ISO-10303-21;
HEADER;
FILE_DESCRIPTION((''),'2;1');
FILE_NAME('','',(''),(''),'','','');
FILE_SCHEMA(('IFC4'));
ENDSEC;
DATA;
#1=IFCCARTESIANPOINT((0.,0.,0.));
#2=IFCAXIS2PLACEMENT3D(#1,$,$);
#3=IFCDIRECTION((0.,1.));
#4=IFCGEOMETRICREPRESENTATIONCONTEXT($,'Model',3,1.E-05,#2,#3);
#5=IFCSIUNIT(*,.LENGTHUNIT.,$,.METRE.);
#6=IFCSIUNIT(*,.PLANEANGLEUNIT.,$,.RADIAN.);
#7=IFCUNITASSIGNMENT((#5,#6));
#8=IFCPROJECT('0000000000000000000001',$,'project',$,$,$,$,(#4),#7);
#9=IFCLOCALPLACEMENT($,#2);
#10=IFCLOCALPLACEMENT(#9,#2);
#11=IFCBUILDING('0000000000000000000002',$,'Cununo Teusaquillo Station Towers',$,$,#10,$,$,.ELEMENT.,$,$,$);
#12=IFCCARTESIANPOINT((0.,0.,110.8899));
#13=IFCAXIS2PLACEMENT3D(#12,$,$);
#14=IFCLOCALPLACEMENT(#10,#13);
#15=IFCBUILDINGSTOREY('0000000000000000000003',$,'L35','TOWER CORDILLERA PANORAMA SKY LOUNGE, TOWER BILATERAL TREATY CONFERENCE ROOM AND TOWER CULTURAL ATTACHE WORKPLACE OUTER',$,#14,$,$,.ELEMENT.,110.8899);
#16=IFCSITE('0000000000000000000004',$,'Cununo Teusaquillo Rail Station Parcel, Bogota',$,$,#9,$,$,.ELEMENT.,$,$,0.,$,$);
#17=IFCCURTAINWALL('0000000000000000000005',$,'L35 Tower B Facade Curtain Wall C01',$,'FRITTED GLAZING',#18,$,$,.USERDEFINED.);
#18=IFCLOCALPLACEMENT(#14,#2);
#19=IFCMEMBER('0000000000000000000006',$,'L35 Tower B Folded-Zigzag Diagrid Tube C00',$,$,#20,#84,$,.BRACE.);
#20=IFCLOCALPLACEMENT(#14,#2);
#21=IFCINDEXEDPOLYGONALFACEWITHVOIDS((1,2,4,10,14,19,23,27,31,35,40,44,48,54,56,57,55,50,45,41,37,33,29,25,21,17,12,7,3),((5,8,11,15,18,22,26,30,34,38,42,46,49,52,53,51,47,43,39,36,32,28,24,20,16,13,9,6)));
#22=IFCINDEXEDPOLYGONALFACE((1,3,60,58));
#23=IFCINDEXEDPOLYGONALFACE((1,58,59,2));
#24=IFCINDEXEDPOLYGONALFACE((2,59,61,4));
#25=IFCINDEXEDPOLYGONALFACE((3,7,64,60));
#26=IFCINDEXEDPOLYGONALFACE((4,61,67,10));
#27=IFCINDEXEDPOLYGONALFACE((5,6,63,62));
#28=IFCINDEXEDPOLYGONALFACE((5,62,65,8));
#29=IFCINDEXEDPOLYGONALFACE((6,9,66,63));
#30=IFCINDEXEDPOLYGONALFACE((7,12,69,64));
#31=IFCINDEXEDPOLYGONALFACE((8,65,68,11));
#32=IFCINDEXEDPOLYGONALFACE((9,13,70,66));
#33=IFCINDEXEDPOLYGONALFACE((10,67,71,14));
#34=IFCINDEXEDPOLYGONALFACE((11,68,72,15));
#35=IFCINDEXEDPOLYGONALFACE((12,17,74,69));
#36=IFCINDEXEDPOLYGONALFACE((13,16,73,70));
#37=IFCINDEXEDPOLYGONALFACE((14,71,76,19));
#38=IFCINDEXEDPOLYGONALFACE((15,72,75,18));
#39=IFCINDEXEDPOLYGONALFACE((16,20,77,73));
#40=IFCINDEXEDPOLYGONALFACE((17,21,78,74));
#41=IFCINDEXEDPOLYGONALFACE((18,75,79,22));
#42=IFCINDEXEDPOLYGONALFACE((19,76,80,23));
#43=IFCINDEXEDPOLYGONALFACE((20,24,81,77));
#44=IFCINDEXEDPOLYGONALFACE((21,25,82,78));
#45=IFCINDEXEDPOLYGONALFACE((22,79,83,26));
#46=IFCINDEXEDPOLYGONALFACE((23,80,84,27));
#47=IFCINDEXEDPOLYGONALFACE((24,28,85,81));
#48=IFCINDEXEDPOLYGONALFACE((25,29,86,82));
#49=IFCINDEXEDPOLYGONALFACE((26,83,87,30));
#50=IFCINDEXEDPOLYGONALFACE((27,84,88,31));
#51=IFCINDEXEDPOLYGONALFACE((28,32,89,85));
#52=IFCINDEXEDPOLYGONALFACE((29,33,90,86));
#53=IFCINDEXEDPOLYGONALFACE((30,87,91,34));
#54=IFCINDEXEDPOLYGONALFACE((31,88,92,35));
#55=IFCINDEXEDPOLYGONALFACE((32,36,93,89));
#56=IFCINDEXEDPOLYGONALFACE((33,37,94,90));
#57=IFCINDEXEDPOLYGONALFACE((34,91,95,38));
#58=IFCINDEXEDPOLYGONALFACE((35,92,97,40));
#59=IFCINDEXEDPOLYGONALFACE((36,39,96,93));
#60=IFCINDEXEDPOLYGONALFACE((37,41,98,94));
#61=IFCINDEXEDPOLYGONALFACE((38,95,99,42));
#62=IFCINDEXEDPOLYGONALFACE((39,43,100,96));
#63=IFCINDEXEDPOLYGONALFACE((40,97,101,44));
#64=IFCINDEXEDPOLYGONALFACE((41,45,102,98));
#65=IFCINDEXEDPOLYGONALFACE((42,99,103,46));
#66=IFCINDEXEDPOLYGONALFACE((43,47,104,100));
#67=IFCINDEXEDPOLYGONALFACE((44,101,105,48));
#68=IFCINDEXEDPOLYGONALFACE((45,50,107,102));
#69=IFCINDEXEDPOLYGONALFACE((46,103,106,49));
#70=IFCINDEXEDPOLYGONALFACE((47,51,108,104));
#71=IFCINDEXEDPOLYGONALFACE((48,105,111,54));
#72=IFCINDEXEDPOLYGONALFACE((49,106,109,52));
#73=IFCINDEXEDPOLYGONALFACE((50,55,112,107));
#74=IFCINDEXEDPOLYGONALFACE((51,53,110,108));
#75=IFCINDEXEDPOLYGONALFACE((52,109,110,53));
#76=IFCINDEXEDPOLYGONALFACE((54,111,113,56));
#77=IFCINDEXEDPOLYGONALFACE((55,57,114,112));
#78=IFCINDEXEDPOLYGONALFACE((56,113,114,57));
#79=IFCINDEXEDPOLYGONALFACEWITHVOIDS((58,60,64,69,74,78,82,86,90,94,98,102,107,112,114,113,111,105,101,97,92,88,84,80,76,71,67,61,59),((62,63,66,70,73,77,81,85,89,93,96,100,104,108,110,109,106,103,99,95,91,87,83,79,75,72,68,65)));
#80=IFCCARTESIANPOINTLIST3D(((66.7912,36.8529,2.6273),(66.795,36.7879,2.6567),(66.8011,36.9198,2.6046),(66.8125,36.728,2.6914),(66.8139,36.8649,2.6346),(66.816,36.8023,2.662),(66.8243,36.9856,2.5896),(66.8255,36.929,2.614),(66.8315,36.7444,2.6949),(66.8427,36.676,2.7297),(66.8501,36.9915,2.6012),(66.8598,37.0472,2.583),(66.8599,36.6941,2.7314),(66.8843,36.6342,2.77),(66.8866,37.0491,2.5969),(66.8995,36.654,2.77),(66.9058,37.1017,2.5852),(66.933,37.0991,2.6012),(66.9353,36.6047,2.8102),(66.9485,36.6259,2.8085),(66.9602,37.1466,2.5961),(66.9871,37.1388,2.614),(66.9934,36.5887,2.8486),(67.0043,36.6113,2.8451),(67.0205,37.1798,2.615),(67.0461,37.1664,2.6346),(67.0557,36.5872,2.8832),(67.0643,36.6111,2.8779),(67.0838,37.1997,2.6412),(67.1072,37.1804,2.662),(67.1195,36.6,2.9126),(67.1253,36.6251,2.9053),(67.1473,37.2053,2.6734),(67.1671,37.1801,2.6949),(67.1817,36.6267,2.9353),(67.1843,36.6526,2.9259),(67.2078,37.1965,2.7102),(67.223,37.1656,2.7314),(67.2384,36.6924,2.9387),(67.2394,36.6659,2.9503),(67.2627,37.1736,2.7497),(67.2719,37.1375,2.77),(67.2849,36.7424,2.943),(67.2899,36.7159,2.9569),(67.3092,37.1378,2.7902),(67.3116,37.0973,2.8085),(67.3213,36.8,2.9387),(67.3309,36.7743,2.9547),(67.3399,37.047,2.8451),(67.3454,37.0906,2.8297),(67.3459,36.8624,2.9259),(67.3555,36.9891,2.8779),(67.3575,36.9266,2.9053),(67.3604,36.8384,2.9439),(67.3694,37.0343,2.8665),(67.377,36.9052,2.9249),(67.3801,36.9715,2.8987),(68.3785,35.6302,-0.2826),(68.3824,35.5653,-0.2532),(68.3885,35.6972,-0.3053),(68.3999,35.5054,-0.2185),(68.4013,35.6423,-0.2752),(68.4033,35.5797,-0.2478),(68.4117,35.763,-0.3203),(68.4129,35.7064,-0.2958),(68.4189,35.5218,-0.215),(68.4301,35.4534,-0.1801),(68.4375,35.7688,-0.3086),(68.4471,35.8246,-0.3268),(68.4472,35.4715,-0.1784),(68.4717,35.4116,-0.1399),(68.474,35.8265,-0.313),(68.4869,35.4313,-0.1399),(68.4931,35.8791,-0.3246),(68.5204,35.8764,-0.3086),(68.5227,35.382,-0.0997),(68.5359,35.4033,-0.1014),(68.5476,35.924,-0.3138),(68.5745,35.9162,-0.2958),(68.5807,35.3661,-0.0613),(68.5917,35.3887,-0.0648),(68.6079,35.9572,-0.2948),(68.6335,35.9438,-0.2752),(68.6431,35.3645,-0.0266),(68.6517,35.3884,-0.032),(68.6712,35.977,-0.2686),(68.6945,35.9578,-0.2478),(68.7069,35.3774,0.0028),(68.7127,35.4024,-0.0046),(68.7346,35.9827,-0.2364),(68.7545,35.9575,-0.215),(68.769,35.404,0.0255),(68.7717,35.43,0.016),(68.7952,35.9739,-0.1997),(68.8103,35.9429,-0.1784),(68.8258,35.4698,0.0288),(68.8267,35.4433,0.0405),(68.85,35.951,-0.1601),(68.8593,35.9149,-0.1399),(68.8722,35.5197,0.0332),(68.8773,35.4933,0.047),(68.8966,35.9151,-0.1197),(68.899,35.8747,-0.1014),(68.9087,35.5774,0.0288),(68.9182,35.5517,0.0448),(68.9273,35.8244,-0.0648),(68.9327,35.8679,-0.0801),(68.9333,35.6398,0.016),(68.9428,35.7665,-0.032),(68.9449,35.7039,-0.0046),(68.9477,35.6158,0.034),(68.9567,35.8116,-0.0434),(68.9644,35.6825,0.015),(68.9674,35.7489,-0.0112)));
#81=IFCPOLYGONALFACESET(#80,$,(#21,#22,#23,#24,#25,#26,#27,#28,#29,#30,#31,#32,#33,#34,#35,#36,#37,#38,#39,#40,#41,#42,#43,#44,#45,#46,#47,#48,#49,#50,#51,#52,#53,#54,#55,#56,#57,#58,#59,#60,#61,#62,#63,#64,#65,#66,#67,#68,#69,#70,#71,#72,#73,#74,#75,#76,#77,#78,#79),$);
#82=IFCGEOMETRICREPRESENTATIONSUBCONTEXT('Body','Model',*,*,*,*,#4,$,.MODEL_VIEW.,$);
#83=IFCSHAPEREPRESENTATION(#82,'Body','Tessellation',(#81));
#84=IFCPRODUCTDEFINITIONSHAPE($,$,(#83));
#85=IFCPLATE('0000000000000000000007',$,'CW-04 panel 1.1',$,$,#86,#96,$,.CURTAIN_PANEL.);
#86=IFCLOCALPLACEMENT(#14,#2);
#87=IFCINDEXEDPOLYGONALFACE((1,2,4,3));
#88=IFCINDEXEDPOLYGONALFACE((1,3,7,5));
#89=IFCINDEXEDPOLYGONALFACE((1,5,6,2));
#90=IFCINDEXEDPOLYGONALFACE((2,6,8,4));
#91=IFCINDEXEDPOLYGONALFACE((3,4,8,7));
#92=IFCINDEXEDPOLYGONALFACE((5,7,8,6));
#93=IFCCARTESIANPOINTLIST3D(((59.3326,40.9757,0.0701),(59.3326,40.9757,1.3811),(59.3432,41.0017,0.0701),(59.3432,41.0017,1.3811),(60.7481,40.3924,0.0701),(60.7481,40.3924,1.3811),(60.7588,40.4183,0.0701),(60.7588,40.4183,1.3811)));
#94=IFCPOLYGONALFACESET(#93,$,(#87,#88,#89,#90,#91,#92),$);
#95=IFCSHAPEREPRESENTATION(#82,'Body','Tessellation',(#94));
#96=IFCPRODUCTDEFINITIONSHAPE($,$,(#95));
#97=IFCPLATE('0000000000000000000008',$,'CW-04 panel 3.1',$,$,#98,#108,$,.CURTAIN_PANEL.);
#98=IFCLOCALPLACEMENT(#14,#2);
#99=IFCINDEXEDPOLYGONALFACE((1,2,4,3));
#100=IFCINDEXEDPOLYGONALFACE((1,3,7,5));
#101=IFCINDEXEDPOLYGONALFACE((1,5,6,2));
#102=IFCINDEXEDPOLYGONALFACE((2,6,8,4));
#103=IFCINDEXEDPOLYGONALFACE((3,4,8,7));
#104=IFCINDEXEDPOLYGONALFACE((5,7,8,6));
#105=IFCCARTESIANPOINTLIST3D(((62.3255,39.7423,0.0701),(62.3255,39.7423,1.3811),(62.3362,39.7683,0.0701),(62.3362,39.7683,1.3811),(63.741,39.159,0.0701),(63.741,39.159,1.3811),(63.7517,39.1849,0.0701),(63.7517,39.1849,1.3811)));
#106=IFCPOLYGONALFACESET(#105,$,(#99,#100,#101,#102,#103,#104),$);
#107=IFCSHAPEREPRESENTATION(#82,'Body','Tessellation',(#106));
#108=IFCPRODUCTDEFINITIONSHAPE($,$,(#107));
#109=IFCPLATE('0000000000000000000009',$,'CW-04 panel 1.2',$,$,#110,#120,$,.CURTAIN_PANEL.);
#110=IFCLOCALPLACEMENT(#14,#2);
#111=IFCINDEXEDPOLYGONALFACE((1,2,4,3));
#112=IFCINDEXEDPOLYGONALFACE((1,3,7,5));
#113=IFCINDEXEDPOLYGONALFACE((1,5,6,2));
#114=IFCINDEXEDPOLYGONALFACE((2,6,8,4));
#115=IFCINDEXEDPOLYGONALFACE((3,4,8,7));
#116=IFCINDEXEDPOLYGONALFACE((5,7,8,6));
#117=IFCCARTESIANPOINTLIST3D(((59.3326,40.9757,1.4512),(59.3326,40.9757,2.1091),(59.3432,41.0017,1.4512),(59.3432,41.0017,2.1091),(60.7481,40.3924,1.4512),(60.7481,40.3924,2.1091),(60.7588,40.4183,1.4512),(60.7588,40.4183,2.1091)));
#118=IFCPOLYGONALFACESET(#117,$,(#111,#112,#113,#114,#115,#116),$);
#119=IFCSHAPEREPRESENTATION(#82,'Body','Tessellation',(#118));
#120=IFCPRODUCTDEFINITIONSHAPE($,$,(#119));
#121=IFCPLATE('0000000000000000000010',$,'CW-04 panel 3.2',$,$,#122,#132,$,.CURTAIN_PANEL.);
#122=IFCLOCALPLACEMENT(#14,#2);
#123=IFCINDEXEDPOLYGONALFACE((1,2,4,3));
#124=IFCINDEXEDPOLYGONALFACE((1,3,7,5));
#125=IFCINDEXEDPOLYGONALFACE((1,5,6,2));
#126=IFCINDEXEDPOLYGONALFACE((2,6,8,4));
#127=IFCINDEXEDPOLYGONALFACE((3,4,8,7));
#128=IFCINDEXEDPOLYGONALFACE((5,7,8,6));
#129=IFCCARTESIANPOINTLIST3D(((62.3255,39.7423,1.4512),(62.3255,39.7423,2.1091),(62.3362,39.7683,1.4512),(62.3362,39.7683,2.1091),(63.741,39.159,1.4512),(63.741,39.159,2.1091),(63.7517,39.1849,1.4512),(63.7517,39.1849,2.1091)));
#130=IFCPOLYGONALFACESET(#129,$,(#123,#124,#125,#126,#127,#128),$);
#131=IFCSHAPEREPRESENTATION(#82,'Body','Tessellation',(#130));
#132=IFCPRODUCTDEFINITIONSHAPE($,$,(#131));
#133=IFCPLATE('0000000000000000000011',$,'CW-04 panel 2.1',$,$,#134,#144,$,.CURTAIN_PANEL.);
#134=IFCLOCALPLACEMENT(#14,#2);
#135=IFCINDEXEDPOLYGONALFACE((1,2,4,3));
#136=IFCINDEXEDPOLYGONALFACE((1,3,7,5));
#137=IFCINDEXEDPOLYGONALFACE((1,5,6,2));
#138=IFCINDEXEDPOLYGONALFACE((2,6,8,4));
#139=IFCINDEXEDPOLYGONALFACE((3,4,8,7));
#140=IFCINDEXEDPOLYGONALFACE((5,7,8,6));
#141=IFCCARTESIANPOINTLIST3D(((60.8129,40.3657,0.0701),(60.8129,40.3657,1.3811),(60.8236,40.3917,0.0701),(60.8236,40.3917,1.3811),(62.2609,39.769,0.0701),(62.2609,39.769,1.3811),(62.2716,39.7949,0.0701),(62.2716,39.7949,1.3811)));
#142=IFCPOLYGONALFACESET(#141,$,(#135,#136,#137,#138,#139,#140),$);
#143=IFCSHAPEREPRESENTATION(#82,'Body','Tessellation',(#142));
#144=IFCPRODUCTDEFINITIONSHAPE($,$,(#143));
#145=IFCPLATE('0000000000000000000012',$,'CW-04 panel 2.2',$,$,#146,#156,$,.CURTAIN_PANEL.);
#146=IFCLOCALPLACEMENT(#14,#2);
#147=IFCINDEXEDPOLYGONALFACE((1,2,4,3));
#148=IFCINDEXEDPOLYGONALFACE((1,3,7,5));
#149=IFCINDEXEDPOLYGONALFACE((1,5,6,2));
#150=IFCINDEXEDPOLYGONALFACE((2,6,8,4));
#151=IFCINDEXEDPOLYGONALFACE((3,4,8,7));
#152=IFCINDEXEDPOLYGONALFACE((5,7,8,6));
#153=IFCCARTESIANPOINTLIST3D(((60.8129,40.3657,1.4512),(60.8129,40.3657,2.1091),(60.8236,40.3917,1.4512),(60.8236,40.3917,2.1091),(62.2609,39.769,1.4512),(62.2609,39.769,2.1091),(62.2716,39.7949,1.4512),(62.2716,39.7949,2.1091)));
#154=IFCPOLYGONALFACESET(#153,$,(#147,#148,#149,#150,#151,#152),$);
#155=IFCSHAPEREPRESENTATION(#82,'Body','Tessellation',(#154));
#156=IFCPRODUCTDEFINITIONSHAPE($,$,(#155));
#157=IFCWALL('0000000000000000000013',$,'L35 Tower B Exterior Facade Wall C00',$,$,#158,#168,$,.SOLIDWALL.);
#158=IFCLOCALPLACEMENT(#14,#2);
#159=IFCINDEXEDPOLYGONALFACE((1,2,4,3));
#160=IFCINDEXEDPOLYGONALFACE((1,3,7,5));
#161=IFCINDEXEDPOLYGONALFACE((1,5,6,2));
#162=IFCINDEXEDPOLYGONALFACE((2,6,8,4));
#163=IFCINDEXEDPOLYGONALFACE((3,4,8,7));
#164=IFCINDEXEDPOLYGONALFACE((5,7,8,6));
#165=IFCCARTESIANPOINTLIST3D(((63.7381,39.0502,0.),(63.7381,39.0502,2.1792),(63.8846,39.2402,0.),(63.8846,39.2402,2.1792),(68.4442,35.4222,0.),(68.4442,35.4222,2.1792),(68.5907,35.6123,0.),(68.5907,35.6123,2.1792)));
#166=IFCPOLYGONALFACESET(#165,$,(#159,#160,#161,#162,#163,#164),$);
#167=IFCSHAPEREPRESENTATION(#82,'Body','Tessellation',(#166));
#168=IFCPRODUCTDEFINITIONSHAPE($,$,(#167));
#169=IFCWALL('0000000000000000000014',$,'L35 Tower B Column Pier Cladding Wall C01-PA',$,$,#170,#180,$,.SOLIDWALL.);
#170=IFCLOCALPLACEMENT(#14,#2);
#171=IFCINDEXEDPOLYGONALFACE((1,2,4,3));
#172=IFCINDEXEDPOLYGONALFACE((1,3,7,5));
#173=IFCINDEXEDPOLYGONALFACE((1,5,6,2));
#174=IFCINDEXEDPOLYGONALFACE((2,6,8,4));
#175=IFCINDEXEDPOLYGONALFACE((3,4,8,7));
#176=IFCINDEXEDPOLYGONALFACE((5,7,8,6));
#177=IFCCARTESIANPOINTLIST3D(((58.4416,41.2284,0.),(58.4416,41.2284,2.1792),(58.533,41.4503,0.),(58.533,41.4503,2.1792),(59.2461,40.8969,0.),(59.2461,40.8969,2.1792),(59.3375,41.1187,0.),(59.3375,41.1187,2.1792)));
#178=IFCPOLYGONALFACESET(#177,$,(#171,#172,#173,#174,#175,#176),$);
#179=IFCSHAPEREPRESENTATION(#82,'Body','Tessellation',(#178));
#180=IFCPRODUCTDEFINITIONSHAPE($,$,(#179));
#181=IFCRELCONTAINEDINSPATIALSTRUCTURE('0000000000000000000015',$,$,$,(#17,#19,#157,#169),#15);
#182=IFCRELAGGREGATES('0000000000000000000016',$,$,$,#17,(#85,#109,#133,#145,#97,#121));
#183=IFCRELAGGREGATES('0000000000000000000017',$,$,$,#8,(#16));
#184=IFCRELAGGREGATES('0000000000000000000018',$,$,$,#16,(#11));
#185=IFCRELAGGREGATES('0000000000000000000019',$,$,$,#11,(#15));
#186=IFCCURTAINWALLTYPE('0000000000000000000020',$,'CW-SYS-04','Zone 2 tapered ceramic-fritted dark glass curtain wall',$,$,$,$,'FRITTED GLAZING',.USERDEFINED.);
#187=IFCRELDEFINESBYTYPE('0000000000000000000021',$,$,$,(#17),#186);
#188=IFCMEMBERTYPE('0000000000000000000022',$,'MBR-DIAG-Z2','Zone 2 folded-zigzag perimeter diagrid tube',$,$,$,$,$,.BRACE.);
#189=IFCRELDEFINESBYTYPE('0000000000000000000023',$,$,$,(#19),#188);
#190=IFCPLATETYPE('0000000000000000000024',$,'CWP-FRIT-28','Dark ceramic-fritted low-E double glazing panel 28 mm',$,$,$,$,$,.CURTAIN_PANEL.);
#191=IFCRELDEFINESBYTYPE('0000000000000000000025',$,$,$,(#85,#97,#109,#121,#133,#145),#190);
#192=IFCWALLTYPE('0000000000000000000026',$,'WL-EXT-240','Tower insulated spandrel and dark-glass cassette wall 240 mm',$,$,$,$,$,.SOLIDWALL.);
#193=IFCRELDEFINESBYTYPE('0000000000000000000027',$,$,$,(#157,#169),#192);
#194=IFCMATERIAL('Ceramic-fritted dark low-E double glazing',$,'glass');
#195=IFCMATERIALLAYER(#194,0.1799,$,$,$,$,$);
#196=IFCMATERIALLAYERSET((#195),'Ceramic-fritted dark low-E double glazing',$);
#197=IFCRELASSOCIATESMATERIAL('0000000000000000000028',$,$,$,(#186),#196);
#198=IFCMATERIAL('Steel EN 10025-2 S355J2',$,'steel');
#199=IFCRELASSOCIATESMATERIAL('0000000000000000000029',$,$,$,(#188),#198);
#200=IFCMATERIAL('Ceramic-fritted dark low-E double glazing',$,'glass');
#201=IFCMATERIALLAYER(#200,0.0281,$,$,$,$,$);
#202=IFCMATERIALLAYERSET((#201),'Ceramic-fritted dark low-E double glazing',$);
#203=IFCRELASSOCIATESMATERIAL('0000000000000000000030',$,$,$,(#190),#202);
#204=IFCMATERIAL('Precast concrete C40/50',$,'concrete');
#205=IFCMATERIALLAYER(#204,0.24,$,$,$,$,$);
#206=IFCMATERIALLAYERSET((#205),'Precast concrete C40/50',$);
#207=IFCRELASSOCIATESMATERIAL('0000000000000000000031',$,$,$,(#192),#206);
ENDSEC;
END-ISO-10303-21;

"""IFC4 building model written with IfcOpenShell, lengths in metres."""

from ifc_helpers import new_model, si_unit, direction, frame, frame_2d, origin, origin_2d, place, context, subcontext, project, spatial, rectangle, hollow_circle, extrude, source, transform, mapped, material, layer, layer_set, material_profile, profile_set, type_object, element, aggregate, save


model = new_model("IFC4")

# Units and contexts
model_context = context("Model", 3, precision=1e-05, world=origin(), true_north=direction((0.0, 1.0)))
body_context = subcontext(model_context, "Body", "Model", "MODEL_VIEW")
ifc_project = project(units=[si_unit("LENGTHUNIT", "METRE"), si_unit("PLANEANGLEUNIT", "RADIAN")], contexts=[model_context])

# Site, building, storey
site_placement = place(None, origin())
site = spatial("IfcSite", under=ifc_project, at=site_placement, Name="Cununo Teusaquillo Rail Station Parcel, Bogota", CompositionType="ELEMENT", RefElevation=0.0)
building_placement = place(site_placement, origin())
building = spatial("IfcBuilding", under=site, at=building_placement, Name="Cununo Teusaquillo Station Towers", CompositionType="ELEMENT")
storey_placement = place(building_placement, frame((0.0, 0.0, 110.8899)))
storey = spatial("IfcBuildingStorey", under=building, at=storey_placement, Name="L35", Description="TOWER CORDILLERA PANORAMA SKY LOUNGE, TOWER BILATERAL TREATY CONFERENCE ROOM AND TOWER CULTURAL ATTACHE WORKPLACE OUTER", CompositionType="ELEMENT", Elevation=110.8899)

# Curtain wall
ifc_material_1 = material(Name="Ceramic-fritted dark low-E double glazing", Category="glass")
ifc_layer_1 = layer(ifc_material_1, 0.1799)
ifc_layer_set_1 = layer_set([ifc_layer_1], Name="Ceramic-fritted dark low-E double glazing")
curtain_wall_type = type_object("IfcCurtainWallType", Name="CW-SYS-04", Description="Zone 2 tapered ceramic-fritted dark glass curtain wall", ElementType="FRITTED GLAZING", PredefinedType="USERDEFINED", material=ifc_layer_set_1)
curtain_wall_placement = place(storey_placement, origin())
curtain_wall = element("IfcCurtainWall", 1, at=curtain_wall_placement, inside=storey, type_object=curtain_wall_type, Name="L35 Tower B Facade Curtain Wall C01", ObjectType="FRITTED GLAZING", PredefinedType="USERDEFINED")

# Member
ifc_material_2 = material(Name="Steel EN 10025-2 S355J2", Category="steel")
ifc_material_profile_1 = material_profile(ifc_material_2, hollow_circle(Radius=0.3301, WallThickness=0.0249, at=origin_2d()), Name="CHS 660x25")
ifc_profile_set_1 = profile_set([ifc_material_profile_1], Name="Steel EN 10025-2 S355J2")
member_type_1 = type_object("IfcMemberType", Name="MBR-DIAG-Z2", Description="Zone 2 folded-zigzag perimeter diagrid tube", PredefinedType="BRACE", material=ifc_profile_set_1)
member_1_placement = place(storey_placement, frame((68.6731, 35.6731, -0.1399), z_axis=(-0.449303, 0.346064, 0.82363), x_axis=(-0.610205, -0.792243, 0.0)))
element("IfcMember", 2, at=member_1_placement, inside=storey, type_object=member_type_1, Name="L35 Tower B Folded-Zigzag Diagrid Tube C00", PredefinedType="BRACE", context=body_context, shape_type="SweptSolid", body=[
    extrude(hollow_circle(Radius=0.3301, WallThickness=0.0249, at=origin_2d()), origin(), (0.0, 0.0, 1.0), 3.533),
])

# Plates
ifc_material_3 = material(Name="Ceramic-fritted dark low-E double glazing", Category="glass")
ifc_layer_2 = layer(ifc_material_3, 0.0281)
ifc_layer_set_2 = layer_set([ifc_layer_2], Name="Ceramic-fritted dark low-E double glazing")
plate_type = type_object("IfcPlateType", Name="CWP-FRIT-28", Description="Dark ceramic-fritted low-E double glazing panel 28 mm", PredefinedType="CURTAIN_PANEL", material=ifc_layer_set_2)
shared_shape_1 = source(origin(), body_context, "Body", "SweptSolid", [
    extrude(rectangle(XDim=1.531, YDim=0.0281, at=origin_2d()), origin(), (0.0, 0.0, 1.0), 1.311),
])
plate_1_placement = place(storey_placement, frame((60.0457, 40.697, 0.0701), z_axis=(0.0, 0.0, 1.0), x_axis=(0.924562, -0.381031, 0.0)))
plate_1 = element("IfcPlate", 3, at=plate_1_placement, type_object=plate_type, Name="CW-04 panel 1.1", PredefinedType="CURTAIN_PANEL", context=body_context, shape_type="MappedRepresentation", body=[
    mapped(shared_shape_1, transform((0.0, 0.0, 0.0), x_axis=(1.0, 0.0, 0.0), y_axis=(0.0, 1.0, 0.0), z_axis=(0.0, 0.0, 1.0), scale=1.0)),
])
plate_2_placement = place(storey_placement, frame((63.0386, 39.4636, 0.0701), z_axis=(0.0, 0.0, 1.0), x_axis=(0.924562, -0.381031, 0.0)))
plate_2 = element("IfcPlate", 4, at=plate_2_placement, type_object=plate_type, Name="CW-04 panel 3.1", PredefinedType="CURTAIN_PANEL", context=body_context, shape_type="MappedRepresentation", body=[
    mapped(shared_shape_1, transform((0.0, 0.0, 0.0), x_axis=(1.0, 0.0, 0.0), y_axis=(0.0, 1.0, 0.0), z_axis=(0.0, 0.0, 1.0), scale=1.0)),
])
shared_shape_2 = source(origin(), body_context, "Body", "SweptSolid", [
    extrude(rectangle(XDim=1.531, YDim=0.0281, at=origin_2d()), origin(), (0.0, 0.0, 1.0), 0.658),
])
plate_3_placement = place(storey_placement, frame((60.0457, 40.697, 1.4512), z_axis=(0.0, 0.0, 1.0), x_axis=(0.924562, -0.381031, 0.0)))
plate_3 = element("IfcPlate", 5, at=plate_3_placement, type_object=plate_type, Name="CW-04 panel 1.2", PredefinedType="CURTAIN_PANEL", context=body_context, shape_type="MappedRepresentation", body=[
    mapped(shared_shape_2, transform((0.0, 0.0, 0.0), x_axis=(1.0, 0.0, 0.0), y_axis=(0.0, 1.0, 0.0), z_axis=(0.0, 0.0, 1.0), scale=1.0)),
])
plate_4_placement = place(storey_placement, frame((63.0386, 39.4636, 1.4512), z_axis=(0.0, 0.0, 1.0), x_axis=(0.924562, -0.381031, 0.0)))
plate_4 = element("IfcPlate", 6, at=plate_4_placement, type_object=plate_type, Name="CW-04 panel 3.2", PredefinedType="CURTAIN_PANEL", context=body_context, shape_type="MappedRepresentation", body=[
    mapped(shared_shape_2, transform((0.0, 0.0, 0.0), x_axis=(1.0, 0.0, 0.0), y_axis=(0.0, 1.0, 0.0), z_axis=(0.0, 0.0, 1.0), scale=1.0)),
])
shared_shape_3 = source(origin(), body_context, "Body", "SweptSolid", [
    extrude(rectangle(XDim=1.5662, YDim=0.0281, at=origin_2d()), origin(), (0.0, 0.0, 1.0), 1.311),
])
plate_5_placement = place(storey_placement, frame((61.5422, 40.0803, 0.0701), z_axis=(0.0, 0.0, 1.0), x_axis=(0.924562, -0.381031, 0.0)))
plate_5 = element("IfcPlate", 7, at=plate_5_placement, type_object=plate_type, Name="CW-04 panel 2.1", PredefinedType="CURTAIN_PANEL", context=body_context, shape_type="MappedRepresentation", body=[
    mapped(shared_shape_3, transform((0.0, 0.0, 0.0), x_axis=(1.0, 0.0, 0.0), y_axis=(0.0, 1.0, 0.0), z_axis=(0.0, 0.0, 1.0), scale=1.0)),
])
shared_shape_4 = source(origin(), body_context, "Body", "SweptSolid", [
    extrude(rectangle(XDim=1.5662, YDim=0.0281, at=origin_2d()), origin(), (0.0, 0.0, 1.0), 0.658),
])
plate_6_placement = place(storey_placement, frame((61.5422, 40.0803, 1.4512), z_axis=(0.0, 0.0, 1.0), x_axis=(0.924562, -0.381031, 0.0)))
plate_6 = element("IfcPlate", 8, at=plate_6_placement, type_object=plate_type, Name="CW-04 panel 2.2", PredefinedType="CURTAIN_PANEL", context=body_context, shape_type="MappedRepresentation", body=[
    mapped(shared_shape_4, transform((0.0, 0.0, 0.0), x_axis=(1.0, 0.0, 0.0), y_axis=(0.0, 1.0, 0.0), z_axis=(0.0, 0.0, 1.0), scale=1.0)),
])
aggregate(curtain_wall, [plate_1, plate_3, plate_5, plate_6, plate_2, plate_4])

# Walls
ifc_material_4 = material(Name="Precast concrete C40/50", Category="concrete")
ifc_layer_3 = layer(ifc_material_4, 0.24)
ifc_layer_set_3 = layer_set([ifc_layer_3], Name="Precast concrete C40/50")
wall_type_1 = type_object("IfcWallType", Name="WL-EXT-240", Description="Tower insulated spandrel and dark-glass cassette wall 240 mm", PredefinedType="SOLIDWALL", material=ifc_layer_set_3)
wall_1_placement = place(storey_placement, frame((63.8113, 39.1453, 0.0), z_axis=(0.0, 0.0, 1.0), x_axis=(0.791982, -0.610544, 0.0)))
element("IfcWall", 9, at=wall_1_placement, inside=storey, type_object=wall_type_1, Name="L35 Tower B Exterior Facade Wall C00", PredefinedType="SOLIDWALL", context=body_context, shape_type="SweptSolid", body=[
    extrude(rectangle(XDim=5.9421, YDim=0.24, at=frame_2d((2.9712, 0.0))), origin(), (0.0, 0.0, 1.0), 2.1792),
])
wall_2_placement = place(storey_placement, frame((58.4873, 41.3394, 0.0), z_axis=(0.0, 0.0, 1.0), x_axis=(0.924556, -0.381046, 0.0)))
element("IfcWall", 10, at=wall_2_placement, inside=storey, type_object=wall_type_1, Name="L35 Tower B Column Pier Cladding Wall C01-PA", PredefinedType="SOLIDWALL", context=body_context, shape_type="SweptSolid", body=[
    extrude(rectangle(XDim=0.8701, YDim=0.24, at=frame_2d((0.4351, 0.0))), origin(), (0.0, 0.0, 1.0), 2.1792),
])

save(model, "model.ifc")
